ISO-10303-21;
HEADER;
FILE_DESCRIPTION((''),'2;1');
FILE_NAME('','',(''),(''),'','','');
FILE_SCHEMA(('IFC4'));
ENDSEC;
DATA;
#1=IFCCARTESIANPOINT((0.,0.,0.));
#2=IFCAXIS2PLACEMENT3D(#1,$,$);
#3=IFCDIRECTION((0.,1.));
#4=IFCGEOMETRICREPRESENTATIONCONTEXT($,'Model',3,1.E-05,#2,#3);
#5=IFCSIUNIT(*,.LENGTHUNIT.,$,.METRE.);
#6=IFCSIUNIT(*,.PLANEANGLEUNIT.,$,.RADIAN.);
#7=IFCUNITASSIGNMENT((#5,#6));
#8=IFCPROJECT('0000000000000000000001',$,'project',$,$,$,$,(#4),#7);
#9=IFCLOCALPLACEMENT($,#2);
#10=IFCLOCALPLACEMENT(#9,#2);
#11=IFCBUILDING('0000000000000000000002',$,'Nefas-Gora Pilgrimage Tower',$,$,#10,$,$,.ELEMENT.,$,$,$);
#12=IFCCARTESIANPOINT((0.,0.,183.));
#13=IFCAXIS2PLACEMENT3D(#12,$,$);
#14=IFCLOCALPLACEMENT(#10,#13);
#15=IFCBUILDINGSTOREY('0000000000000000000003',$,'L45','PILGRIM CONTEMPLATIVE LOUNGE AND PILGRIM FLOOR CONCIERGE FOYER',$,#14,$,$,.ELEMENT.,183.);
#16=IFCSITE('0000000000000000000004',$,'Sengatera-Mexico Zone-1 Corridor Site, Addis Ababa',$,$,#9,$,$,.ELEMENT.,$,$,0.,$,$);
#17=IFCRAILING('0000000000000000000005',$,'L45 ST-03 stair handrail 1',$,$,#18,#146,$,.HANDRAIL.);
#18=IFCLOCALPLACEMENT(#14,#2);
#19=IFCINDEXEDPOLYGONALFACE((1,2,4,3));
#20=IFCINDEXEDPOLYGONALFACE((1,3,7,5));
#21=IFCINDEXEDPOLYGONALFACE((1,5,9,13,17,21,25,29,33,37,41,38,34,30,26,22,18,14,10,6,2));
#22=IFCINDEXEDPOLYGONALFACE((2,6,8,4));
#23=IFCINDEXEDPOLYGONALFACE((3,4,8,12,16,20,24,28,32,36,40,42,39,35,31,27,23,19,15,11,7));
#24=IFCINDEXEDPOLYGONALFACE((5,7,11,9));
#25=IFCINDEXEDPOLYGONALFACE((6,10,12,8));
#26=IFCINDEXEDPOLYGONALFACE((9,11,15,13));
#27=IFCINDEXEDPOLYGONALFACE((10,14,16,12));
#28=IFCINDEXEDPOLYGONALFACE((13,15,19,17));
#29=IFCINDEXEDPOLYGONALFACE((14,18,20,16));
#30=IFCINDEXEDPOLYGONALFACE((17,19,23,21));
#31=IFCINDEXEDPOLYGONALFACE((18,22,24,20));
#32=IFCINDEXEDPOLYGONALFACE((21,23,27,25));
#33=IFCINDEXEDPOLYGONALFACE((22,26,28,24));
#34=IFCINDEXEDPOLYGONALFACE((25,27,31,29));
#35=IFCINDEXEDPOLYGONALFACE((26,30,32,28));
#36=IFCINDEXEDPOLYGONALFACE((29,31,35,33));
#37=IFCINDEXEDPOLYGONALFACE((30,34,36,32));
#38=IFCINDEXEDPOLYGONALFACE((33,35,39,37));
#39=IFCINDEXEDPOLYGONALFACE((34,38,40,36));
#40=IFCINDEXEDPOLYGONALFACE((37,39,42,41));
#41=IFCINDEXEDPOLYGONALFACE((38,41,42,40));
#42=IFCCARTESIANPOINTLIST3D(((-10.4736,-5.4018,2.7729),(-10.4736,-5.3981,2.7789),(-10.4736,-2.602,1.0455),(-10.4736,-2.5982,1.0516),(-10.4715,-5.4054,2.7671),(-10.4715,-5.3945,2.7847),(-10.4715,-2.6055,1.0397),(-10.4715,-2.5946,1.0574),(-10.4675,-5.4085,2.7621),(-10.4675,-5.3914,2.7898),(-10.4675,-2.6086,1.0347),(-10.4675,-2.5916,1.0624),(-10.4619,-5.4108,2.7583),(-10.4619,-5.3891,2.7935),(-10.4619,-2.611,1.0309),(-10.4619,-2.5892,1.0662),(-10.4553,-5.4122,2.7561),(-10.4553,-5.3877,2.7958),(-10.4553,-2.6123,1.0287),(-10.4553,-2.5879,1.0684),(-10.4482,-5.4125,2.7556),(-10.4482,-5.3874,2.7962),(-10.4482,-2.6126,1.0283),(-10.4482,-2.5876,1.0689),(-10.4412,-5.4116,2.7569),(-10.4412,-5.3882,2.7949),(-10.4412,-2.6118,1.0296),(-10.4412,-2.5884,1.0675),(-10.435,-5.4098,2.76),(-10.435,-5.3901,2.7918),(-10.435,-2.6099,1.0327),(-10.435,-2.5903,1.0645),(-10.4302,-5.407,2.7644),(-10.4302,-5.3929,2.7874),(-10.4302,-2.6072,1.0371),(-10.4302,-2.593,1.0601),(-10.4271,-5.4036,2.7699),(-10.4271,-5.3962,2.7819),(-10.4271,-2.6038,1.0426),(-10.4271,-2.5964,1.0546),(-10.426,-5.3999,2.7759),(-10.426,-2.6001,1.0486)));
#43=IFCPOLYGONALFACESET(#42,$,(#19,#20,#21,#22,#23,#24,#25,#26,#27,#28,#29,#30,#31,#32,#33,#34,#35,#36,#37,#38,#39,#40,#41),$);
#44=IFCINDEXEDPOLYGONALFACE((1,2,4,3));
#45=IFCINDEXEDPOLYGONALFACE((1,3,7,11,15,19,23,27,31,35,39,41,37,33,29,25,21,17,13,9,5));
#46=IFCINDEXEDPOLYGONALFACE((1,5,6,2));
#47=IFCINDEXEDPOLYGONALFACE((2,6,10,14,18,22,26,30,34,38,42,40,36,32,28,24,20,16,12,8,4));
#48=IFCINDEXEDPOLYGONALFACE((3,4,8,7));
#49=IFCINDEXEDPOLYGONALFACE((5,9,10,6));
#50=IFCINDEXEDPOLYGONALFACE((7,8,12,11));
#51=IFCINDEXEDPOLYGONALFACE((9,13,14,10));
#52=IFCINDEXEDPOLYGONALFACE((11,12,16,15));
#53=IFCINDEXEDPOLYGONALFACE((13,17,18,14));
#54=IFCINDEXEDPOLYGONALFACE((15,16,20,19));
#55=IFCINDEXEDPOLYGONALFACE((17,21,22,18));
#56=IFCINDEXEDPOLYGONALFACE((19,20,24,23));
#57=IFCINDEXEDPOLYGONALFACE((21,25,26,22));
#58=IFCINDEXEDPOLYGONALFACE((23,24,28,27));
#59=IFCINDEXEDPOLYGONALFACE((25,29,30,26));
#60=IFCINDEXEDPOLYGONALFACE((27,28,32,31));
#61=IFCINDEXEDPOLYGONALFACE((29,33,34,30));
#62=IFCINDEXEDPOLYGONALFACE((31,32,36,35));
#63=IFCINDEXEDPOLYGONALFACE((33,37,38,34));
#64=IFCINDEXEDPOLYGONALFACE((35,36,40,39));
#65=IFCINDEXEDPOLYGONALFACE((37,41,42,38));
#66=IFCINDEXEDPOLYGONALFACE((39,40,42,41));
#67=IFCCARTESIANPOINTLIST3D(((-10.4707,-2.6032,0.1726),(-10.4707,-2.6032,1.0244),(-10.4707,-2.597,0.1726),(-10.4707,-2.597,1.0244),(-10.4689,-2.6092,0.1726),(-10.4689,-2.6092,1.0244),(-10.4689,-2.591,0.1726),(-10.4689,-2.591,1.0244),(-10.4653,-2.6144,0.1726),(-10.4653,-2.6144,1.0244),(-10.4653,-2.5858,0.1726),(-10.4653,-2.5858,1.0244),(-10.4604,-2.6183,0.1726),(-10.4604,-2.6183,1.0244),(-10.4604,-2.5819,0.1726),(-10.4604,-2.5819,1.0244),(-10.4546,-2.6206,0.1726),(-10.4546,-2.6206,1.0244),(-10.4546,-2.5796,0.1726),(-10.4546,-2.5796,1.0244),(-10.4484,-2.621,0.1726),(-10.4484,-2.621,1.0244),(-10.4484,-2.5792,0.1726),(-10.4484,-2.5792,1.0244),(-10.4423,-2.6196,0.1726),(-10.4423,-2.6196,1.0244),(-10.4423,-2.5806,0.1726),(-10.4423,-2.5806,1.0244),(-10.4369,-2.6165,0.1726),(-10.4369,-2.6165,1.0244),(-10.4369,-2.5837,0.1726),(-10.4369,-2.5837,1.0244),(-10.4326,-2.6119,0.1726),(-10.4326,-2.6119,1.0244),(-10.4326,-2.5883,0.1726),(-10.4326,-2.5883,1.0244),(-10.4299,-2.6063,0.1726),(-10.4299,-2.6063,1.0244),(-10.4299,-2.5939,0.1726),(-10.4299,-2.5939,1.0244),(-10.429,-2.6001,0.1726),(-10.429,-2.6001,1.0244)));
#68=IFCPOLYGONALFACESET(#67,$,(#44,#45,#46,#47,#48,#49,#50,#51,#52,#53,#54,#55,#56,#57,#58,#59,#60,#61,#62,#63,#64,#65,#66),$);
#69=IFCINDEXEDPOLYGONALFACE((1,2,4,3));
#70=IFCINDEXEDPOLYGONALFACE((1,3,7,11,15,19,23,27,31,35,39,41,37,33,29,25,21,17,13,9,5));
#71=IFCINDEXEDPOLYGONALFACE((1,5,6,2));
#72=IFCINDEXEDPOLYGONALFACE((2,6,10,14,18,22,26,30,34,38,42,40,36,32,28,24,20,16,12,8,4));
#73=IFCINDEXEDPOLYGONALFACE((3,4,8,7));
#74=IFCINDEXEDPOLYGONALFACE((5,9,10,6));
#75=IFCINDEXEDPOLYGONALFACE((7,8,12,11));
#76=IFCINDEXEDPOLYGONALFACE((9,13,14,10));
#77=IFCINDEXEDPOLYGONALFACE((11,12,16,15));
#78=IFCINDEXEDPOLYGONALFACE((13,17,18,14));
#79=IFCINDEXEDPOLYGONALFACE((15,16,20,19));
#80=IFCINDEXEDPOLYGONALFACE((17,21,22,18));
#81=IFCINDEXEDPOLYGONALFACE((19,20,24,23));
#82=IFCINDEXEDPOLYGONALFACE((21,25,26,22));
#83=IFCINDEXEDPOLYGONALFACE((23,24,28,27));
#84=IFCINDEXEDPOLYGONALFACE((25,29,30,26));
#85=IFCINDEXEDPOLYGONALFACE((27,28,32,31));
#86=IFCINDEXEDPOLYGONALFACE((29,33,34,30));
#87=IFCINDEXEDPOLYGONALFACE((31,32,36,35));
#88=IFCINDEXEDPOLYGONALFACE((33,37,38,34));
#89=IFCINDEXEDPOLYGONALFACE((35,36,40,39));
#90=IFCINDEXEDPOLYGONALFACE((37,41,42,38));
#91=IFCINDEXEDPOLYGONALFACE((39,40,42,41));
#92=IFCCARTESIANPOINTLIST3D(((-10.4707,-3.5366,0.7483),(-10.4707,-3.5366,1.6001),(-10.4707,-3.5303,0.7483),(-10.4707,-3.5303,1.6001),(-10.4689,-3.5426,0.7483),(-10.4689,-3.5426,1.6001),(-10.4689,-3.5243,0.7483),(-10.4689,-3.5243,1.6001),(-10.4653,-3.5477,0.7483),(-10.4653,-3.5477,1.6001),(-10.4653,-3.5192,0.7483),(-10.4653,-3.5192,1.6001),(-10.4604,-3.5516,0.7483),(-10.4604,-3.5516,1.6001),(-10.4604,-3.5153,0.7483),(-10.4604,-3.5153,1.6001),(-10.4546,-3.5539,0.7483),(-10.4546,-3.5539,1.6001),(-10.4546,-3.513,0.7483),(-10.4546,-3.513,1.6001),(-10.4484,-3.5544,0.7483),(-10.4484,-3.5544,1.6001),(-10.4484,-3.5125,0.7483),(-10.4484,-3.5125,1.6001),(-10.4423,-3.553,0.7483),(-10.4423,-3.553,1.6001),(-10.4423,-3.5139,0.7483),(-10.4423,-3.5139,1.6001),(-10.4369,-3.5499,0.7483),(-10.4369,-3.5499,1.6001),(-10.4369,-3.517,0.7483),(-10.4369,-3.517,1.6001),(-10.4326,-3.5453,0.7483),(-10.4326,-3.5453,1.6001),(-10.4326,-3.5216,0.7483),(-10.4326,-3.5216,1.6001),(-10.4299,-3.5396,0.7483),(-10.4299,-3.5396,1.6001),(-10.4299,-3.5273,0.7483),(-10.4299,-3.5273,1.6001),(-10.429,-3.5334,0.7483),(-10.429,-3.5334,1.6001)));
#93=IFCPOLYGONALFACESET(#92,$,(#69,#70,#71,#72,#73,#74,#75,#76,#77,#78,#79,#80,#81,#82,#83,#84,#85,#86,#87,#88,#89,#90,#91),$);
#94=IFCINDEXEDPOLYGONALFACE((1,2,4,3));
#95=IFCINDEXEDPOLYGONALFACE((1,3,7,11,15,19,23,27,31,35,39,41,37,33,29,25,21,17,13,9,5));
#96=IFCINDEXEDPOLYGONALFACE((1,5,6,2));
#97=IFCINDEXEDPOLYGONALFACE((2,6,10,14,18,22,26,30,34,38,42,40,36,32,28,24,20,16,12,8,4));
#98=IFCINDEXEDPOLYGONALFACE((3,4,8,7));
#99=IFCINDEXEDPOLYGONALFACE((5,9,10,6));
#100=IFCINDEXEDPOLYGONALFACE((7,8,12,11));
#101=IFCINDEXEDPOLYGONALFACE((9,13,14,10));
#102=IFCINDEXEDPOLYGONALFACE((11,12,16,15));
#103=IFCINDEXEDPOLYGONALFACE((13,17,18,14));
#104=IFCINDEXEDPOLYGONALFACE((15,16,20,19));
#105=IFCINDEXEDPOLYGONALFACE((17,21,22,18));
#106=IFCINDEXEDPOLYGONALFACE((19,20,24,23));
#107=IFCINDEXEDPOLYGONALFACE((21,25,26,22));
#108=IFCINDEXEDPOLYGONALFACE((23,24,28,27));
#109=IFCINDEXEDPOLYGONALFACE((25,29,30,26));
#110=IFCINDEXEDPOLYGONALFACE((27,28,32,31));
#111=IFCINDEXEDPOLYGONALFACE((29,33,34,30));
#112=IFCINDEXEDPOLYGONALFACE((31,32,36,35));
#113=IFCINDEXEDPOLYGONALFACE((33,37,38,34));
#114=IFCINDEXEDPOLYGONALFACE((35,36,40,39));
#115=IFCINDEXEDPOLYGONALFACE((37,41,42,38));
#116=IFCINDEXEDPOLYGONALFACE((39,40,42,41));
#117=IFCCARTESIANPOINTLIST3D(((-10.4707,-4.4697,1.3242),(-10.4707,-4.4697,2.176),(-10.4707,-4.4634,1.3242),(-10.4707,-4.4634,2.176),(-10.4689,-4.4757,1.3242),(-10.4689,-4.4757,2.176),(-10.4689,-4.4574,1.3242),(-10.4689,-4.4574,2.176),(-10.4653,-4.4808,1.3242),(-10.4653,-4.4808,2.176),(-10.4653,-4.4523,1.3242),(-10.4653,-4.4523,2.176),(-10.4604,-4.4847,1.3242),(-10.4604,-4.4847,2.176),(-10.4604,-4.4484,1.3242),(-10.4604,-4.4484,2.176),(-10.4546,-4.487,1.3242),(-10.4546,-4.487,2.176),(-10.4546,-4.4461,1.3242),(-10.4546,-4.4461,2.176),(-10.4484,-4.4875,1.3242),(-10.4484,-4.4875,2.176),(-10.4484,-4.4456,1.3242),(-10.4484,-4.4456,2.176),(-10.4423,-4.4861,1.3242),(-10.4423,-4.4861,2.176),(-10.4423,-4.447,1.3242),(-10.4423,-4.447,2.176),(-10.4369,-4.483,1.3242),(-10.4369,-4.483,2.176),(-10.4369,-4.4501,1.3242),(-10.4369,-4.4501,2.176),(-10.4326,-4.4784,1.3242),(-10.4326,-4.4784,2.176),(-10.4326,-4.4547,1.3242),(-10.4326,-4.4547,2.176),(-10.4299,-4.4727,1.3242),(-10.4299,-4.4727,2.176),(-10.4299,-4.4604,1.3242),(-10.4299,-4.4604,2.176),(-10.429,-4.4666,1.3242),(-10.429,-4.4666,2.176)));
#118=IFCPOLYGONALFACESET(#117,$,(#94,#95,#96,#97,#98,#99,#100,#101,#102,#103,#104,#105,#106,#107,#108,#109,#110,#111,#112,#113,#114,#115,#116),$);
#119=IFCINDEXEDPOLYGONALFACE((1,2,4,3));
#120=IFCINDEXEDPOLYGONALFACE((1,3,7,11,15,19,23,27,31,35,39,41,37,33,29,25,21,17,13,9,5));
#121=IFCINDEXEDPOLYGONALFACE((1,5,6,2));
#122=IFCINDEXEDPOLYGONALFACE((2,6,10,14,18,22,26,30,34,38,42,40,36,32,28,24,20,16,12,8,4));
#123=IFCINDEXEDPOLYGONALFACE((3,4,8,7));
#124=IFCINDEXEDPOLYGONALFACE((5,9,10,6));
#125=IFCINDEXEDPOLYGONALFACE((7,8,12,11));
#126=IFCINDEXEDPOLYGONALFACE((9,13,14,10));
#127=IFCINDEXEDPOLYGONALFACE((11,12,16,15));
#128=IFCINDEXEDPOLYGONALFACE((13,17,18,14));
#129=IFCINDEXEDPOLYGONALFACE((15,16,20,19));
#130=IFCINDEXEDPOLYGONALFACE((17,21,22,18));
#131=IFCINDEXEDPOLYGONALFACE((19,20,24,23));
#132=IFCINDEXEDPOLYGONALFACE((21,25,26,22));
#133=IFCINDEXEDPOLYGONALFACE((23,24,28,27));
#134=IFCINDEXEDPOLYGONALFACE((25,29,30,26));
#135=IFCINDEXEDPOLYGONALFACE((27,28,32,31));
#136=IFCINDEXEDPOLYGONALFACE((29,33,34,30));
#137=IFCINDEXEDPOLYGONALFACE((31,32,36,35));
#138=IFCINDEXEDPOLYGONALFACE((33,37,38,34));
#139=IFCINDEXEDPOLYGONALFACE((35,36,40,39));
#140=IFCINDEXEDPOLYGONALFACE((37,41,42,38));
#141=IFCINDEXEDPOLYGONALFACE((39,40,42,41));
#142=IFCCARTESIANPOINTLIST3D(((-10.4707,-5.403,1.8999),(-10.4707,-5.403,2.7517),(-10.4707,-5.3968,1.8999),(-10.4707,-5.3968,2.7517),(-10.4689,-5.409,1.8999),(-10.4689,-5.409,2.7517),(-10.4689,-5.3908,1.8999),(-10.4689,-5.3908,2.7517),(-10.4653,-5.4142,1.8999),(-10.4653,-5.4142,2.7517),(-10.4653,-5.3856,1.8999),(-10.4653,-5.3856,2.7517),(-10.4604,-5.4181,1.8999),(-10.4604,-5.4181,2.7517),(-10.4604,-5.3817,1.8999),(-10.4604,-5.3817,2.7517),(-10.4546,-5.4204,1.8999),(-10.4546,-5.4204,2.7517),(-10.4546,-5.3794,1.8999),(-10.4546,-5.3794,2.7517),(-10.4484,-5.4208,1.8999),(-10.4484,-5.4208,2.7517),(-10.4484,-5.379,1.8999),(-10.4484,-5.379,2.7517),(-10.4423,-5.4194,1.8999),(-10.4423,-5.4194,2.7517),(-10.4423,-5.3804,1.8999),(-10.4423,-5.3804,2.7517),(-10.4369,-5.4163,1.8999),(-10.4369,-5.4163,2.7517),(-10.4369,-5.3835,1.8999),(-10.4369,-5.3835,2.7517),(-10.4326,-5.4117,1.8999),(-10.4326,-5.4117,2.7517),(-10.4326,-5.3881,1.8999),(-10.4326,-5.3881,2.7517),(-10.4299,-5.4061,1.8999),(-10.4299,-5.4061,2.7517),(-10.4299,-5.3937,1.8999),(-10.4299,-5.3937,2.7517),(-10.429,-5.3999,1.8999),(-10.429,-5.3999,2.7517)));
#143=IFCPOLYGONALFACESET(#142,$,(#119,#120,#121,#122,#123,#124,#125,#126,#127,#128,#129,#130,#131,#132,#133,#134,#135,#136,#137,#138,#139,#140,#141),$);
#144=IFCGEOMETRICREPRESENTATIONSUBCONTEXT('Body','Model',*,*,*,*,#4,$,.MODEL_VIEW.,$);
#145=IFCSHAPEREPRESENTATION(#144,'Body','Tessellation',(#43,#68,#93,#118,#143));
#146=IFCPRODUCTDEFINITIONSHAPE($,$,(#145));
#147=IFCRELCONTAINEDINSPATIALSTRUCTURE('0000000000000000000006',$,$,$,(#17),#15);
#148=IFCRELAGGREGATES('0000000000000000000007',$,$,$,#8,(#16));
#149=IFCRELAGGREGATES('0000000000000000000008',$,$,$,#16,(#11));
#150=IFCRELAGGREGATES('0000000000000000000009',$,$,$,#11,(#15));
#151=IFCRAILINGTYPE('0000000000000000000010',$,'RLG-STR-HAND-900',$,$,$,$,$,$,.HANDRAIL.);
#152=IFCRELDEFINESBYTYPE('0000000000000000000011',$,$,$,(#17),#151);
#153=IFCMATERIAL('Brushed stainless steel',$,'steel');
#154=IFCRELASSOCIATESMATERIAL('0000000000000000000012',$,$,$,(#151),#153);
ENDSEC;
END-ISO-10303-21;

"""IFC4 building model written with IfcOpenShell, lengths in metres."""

from ifc_helpers import new_model, si_unit, direction, frame, origin, origin_2d, place, context, subcontext, project, spatial, circle, extrude, material, type_object, element, save


model = new_model("IFC4")

# Units and contexts
model_context = context("Model", 3, precision=1e-05, world=origin(), true_north=direction((0.0, 1.0)))
body_context = subcontext(model_context, "Body", "Model", "MODEL_VIEW")
ifc_project = project(units=[si_unit("LENGTHUNIT", "METRE"), si_unit("PLANEANGLEUNIT", "RADIAN")], contexts=[model_context])

# Site, building, storey
site_placement = place(None, origin())
site = spatial("IfcSite", under=ifc_project, at=site_placement, Name="Sengatera-Mexico Zone-1 Corridor Site, Addis Ababa", CompositionType="ELEMENT", RefElevation=0.0)
building_placement = place(site_placement, origin())
building = spatial("IfcBuilding", under=site, at=building_placement, Name="Nefas-Gora Pilgrimage Tower", CompositionType="ELEMENT")
storey_placement = place(building_placement, frame((0.0, 0.0, 183.0)))
storey = spatial("IfcBuildingStorey", under=building, at=storey_placement, Name="L45", Description="PILGRIM CONTEMPLATIVE LOUNGE AND PILGRIM FLOOR CONCIERGE FOYER", CompositionType="ELEMENT", Elevation=183.0)

# Railing
ifc_material_1 = material(Name="Brushed stainless steel", Category="steel")
railing_type_1 = type_object("IfcRailingType", Name="RLG-STR-HAND-900", PredefinedType="HANDRAIL", material=ifc_material_1)
railing_1_placement = place(storey_placement, frame((-10.45, -2.6001, 0.1726)))
element("IfcRailing", 1, at=railing_1_placement, inside=storey, type_object=railing_type_1, Name="L45 ST-03 stair handrail 1", PredefinedType="HANDRAIL", context=body_context, shape_type="SweptSolid", body=[
    extrude(circle(Radius=0.0239, at=origin_2d()), frame((0.0, 0.0, 0.876), z_axis=(0.0, -0.851069, 0.525054), x_axis=(1.0, 0.0, 0.0)), (0.0, 0.0, 1.0), 3.2898),
    extrude(circle(Radius=0.021, at=origin_2d()), origin(), (0.0, 0.0, 1.0), 0.8518),
    extrude(circle(Radius=0.021, at=origin_2d()), frame((0.0, -0.9333, 0.5757)), (0.0, 0.0, 1.0), 0.8518),
    extrude(circle(Radius=0.021, at=origin_2d()), frame((0.0, -1.8665, 1.1516)), (0.0, 0.0, 1.0), 0.8518),
    extrude(circle(Radius=0.021, at=origin_2d()), frame((0.0, -2.7998, 1.7273)), (0.0, 0.0, 1.0), 0.8518),
])

save(model, "model.ifc")
